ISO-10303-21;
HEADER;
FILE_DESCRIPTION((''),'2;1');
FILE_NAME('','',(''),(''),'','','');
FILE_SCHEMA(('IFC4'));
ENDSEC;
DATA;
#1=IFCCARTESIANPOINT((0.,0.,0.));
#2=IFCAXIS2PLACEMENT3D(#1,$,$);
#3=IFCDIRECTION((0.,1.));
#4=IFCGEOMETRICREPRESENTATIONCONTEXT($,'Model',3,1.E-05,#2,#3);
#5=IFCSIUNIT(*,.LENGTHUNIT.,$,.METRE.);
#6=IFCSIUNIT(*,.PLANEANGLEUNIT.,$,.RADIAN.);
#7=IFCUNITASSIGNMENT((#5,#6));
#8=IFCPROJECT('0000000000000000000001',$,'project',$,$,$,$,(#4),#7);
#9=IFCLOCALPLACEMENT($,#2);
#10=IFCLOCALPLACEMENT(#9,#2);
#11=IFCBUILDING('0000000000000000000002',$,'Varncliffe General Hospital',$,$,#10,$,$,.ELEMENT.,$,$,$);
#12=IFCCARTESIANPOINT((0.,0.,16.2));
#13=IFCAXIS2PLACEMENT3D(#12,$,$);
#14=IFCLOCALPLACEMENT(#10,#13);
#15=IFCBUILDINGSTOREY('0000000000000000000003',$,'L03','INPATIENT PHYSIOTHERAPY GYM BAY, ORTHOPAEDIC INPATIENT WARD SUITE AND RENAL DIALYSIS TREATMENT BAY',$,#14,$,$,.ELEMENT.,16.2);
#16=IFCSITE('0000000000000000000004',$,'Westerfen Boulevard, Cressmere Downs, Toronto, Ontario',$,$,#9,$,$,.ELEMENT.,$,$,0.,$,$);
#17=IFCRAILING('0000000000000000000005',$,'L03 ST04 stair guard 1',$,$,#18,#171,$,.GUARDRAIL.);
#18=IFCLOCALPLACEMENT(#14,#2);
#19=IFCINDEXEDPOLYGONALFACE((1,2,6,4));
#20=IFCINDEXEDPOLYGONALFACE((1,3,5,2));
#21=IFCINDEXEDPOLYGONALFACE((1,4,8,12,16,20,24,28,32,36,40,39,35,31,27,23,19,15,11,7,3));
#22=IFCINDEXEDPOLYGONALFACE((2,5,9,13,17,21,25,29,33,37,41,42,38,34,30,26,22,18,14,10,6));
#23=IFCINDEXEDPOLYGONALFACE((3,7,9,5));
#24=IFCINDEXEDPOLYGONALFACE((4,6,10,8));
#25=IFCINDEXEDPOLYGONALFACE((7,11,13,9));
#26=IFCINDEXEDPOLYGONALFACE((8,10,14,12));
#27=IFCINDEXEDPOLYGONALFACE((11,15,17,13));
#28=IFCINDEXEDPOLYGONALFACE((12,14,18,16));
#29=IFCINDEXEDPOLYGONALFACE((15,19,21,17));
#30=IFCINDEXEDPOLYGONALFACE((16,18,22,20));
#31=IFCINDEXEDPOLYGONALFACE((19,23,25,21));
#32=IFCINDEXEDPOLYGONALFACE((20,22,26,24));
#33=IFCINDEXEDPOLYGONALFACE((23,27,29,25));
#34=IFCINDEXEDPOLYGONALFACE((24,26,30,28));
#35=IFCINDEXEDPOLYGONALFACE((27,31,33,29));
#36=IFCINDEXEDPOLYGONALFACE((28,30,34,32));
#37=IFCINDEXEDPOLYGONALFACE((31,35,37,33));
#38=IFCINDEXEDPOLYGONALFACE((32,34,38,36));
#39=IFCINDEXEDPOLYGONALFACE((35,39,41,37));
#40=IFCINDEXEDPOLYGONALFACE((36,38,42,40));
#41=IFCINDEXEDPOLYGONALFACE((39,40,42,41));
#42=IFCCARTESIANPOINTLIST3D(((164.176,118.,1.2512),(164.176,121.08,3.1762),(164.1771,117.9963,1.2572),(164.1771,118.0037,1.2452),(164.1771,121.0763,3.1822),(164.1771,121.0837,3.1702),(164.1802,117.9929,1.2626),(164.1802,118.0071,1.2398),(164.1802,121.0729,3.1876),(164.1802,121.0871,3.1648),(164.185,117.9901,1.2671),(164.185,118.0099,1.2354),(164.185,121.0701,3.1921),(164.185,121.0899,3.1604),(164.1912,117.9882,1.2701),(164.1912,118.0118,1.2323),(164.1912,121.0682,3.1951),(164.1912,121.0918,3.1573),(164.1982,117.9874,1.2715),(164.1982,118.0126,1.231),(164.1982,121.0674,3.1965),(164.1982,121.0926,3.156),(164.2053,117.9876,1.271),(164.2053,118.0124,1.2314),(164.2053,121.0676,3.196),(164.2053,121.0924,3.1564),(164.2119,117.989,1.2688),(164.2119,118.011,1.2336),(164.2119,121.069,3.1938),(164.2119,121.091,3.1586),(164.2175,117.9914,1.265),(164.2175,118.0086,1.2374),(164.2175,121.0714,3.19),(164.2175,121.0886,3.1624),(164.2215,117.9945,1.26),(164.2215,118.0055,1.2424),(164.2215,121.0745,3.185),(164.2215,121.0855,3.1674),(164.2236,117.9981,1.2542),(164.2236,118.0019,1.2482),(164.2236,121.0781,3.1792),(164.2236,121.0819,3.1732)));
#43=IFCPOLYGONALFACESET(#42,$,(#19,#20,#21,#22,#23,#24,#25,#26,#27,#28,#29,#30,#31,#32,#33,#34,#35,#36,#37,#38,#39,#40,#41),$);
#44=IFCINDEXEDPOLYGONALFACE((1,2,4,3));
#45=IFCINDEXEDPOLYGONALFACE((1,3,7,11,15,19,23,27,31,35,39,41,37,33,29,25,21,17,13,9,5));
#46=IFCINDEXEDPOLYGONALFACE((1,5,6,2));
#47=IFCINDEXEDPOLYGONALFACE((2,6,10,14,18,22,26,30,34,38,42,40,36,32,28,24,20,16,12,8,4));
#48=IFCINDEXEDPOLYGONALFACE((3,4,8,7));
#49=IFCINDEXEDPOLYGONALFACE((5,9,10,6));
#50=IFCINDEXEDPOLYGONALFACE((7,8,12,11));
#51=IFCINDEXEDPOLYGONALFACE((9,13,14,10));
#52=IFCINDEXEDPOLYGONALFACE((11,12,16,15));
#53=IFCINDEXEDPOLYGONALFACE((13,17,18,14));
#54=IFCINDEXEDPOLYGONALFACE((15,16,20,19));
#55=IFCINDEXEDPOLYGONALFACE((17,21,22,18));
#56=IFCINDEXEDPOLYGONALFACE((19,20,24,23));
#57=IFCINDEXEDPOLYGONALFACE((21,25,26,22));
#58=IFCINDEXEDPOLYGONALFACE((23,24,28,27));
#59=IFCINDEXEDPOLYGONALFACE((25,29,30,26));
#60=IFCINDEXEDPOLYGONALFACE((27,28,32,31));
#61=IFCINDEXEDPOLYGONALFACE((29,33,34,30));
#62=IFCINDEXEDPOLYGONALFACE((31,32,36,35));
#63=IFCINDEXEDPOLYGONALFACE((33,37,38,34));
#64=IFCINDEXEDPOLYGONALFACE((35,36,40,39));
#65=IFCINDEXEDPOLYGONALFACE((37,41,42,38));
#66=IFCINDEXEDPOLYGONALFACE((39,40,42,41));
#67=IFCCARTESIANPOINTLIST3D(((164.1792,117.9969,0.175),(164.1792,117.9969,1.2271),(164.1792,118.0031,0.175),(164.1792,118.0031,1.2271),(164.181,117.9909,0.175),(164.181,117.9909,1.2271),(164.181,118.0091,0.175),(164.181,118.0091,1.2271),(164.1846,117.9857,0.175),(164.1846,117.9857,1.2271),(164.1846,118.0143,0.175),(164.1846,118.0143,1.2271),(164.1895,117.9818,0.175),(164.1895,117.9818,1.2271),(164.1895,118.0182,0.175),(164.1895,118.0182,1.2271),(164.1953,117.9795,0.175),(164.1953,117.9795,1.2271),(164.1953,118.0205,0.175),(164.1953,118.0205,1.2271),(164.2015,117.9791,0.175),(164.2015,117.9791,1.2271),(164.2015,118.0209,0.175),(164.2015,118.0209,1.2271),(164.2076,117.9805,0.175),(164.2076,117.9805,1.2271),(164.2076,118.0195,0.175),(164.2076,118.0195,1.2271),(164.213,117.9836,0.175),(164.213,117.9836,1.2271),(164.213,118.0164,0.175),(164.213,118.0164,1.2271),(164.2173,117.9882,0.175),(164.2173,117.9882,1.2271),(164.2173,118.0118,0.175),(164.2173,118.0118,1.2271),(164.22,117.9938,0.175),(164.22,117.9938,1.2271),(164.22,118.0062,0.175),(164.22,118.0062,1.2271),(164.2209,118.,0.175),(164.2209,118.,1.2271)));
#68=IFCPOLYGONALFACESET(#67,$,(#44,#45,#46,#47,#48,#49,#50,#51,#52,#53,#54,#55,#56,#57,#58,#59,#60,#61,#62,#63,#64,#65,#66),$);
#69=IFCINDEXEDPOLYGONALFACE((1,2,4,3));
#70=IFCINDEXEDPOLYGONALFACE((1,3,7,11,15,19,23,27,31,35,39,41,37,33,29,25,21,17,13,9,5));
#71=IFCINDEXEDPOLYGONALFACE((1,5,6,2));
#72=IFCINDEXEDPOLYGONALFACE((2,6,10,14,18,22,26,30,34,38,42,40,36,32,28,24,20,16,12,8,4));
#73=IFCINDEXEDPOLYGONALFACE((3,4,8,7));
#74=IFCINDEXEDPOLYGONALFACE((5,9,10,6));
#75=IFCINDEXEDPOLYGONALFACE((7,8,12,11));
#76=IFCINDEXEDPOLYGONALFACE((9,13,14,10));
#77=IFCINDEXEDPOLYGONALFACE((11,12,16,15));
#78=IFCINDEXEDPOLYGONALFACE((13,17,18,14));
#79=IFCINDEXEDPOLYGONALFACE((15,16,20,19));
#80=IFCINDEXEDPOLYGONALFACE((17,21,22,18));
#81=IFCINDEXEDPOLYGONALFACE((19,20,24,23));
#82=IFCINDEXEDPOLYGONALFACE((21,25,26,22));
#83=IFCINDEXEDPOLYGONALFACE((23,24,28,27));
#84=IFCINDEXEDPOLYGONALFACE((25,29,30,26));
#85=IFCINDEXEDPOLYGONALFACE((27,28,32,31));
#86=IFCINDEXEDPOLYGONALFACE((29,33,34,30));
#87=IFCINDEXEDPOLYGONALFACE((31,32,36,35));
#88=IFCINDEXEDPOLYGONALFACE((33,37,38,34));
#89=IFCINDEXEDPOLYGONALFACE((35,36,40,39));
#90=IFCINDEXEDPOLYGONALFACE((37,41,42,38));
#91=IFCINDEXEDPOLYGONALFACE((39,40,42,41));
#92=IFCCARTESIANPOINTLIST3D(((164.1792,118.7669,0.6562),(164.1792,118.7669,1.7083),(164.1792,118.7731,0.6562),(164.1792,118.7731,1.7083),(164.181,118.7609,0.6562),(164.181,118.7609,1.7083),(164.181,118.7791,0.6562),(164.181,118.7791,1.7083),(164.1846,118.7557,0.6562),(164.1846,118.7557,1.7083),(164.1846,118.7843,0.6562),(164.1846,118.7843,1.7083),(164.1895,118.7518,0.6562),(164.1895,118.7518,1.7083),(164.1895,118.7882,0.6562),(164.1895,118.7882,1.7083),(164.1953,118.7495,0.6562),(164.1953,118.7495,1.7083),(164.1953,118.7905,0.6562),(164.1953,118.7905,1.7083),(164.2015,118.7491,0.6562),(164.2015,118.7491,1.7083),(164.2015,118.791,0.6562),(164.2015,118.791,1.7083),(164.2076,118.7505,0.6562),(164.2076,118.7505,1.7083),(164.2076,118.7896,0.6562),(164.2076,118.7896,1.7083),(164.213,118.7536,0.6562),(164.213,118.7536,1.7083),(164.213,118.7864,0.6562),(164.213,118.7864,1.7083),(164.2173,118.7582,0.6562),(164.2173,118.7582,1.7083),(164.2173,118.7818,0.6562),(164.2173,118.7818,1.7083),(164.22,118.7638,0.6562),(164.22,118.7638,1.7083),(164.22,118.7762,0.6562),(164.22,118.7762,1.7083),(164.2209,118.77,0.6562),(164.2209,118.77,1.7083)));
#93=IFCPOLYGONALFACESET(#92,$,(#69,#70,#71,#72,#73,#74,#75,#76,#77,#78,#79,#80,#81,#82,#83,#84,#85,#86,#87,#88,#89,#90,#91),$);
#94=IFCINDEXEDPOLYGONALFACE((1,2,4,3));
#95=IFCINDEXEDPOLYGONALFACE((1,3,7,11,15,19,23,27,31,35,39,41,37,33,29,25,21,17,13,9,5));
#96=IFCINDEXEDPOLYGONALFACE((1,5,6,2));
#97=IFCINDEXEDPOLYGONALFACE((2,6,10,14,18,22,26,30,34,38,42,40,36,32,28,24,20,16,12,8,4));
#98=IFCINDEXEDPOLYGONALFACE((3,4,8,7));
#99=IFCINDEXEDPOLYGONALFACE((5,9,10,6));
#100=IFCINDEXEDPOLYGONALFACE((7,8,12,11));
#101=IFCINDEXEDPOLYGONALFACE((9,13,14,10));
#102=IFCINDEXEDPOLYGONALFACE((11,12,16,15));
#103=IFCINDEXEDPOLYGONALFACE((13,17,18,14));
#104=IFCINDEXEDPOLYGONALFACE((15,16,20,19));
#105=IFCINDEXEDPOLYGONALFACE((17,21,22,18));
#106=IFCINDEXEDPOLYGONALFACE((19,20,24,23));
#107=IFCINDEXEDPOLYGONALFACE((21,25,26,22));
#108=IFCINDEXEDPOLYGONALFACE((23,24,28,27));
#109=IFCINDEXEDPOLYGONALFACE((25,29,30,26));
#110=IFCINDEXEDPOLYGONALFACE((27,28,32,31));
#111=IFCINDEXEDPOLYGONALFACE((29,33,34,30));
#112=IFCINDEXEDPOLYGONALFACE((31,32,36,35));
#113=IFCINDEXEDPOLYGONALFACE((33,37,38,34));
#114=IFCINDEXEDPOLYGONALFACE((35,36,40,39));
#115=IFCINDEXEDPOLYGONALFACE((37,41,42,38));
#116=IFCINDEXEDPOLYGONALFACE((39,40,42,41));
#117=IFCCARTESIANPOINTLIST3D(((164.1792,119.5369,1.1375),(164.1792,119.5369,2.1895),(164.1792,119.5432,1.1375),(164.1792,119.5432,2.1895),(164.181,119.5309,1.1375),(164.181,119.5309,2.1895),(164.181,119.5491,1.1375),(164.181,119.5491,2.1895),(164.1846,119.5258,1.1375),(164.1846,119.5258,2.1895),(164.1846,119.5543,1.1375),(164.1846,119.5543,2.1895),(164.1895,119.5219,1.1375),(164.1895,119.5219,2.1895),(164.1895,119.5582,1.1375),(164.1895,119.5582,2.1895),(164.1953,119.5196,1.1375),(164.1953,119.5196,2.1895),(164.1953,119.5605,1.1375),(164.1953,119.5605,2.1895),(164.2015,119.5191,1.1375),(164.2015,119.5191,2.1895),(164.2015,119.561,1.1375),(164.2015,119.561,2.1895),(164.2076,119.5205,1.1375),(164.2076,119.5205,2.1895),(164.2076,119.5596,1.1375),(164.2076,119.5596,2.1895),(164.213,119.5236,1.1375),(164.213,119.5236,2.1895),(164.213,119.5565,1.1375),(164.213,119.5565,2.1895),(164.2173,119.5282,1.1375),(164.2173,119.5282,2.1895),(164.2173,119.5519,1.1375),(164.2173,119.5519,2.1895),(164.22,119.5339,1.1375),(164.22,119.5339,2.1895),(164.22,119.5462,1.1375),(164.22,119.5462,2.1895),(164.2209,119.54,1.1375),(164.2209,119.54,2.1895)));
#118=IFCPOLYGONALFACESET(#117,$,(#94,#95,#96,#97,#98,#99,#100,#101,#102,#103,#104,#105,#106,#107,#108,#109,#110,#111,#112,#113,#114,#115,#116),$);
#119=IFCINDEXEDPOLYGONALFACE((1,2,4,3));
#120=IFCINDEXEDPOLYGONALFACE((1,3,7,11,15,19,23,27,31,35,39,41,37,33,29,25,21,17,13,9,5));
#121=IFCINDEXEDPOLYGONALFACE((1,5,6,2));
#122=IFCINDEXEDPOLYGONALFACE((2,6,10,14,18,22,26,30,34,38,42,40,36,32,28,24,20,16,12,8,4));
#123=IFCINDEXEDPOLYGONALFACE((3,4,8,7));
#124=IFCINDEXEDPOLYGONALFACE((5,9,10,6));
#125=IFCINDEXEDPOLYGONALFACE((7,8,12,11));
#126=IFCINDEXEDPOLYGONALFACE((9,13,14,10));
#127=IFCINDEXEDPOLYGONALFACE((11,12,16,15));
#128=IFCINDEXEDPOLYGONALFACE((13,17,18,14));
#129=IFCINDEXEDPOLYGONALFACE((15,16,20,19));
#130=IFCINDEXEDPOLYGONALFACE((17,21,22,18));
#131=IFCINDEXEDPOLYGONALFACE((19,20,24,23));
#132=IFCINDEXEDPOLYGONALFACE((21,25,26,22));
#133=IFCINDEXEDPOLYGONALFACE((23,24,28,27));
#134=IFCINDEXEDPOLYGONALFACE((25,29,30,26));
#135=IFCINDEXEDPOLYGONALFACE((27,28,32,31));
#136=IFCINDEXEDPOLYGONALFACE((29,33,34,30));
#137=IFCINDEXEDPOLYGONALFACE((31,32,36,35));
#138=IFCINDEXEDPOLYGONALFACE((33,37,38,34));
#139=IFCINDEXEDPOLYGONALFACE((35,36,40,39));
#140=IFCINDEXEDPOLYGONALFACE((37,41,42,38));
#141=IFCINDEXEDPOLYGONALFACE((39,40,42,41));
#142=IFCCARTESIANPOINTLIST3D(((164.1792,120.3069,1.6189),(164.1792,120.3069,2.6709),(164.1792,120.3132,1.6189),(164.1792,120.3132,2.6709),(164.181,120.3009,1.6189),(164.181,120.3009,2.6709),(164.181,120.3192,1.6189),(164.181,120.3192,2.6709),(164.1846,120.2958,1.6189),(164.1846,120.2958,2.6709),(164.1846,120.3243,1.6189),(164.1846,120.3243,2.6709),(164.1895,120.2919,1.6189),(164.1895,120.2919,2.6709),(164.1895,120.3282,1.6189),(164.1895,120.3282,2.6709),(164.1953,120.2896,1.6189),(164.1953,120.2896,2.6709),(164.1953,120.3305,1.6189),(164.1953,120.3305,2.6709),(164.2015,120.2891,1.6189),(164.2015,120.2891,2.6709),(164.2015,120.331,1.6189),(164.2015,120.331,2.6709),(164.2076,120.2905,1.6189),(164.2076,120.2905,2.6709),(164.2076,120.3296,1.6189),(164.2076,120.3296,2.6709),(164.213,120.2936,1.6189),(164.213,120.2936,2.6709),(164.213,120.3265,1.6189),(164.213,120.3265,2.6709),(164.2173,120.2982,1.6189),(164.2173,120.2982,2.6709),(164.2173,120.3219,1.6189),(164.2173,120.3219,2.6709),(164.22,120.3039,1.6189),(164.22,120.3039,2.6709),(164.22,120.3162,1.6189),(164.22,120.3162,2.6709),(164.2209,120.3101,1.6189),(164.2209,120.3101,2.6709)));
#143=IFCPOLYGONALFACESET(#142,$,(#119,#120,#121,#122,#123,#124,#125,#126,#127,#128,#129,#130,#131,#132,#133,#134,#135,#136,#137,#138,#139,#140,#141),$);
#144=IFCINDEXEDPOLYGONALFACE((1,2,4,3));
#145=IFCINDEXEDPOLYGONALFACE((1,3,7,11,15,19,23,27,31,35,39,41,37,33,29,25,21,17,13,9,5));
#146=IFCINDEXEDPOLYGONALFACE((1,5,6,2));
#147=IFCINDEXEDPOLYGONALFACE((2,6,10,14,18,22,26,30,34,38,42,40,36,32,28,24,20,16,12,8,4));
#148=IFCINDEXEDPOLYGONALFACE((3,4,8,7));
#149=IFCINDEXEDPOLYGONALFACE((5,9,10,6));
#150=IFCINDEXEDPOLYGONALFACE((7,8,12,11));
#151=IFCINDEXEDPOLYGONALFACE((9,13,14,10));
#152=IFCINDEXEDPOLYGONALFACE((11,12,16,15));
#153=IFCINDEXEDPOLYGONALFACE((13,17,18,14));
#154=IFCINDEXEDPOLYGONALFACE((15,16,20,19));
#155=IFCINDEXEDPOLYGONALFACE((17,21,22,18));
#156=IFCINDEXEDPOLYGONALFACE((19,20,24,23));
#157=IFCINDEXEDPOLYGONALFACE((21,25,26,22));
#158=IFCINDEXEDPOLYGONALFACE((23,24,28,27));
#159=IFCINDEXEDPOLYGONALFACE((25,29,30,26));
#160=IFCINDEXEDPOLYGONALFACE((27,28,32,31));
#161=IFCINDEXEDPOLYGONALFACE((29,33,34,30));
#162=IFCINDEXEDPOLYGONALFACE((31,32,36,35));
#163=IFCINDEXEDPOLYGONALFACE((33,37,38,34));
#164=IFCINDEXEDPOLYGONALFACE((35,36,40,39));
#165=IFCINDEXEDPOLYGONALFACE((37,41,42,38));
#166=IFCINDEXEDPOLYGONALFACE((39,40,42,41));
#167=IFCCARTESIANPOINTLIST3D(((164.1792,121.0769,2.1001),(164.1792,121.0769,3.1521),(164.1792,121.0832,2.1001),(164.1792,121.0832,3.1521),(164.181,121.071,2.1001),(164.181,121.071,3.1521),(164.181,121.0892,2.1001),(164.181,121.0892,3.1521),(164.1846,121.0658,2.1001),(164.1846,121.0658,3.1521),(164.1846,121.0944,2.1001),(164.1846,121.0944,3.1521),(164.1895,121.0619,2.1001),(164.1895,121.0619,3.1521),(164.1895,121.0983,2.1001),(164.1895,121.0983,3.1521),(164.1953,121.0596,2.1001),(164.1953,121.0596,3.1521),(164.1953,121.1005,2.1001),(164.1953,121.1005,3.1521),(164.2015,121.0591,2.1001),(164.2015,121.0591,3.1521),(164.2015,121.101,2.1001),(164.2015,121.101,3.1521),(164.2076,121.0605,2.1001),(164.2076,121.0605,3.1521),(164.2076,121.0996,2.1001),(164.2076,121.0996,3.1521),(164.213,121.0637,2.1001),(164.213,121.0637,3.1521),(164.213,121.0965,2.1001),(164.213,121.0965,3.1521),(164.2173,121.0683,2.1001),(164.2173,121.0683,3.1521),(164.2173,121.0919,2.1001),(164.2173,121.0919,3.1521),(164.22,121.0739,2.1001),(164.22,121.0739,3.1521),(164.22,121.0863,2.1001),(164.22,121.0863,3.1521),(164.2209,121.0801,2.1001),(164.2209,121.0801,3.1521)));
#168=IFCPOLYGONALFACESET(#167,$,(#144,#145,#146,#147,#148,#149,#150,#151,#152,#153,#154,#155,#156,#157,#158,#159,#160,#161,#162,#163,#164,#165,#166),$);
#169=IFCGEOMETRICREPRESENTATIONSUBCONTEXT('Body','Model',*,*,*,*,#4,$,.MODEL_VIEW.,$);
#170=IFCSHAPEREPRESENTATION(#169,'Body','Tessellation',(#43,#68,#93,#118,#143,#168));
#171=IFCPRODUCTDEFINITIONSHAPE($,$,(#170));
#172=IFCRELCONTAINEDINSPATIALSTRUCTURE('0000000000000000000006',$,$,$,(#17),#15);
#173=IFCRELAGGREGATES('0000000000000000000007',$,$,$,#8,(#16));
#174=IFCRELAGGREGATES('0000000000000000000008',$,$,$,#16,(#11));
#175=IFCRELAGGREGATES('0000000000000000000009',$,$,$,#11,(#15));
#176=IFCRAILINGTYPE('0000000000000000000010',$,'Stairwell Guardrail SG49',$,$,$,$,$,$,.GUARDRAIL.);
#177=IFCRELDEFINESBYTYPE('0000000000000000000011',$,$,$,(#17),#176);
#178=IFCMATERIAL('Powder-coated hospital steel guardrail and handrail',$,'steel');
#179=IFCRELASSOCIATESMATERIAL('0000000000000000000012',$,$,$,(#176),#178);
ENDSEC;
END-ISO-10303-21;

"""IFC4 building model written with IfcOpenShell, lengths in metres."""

from ifc_helpers import new_model, si_unit, direction, frame, origin, origin_2d, place, context, subcontext, project, spatial, circle, extrude, material, type_object, element, save


model = new_model("IFC4")

# Units and contexts
model_context = context("Model", 3, precision=1e-05, world=origin(), true_north=direction((0.0, 1.0)))
body_context = subcontext(model_context, "Body", "Model", "MODEL_VIEW")
ifc_project = project(units=[si_unit("LENGTHUNIT", "METRE"), si_unit("PLANEANGLEUNIT", "RADIAN")], contexts=[model_context])

# Site, building, storey
site_placement = place(None, origin())
site = spatial("IfcSite", under=ifc_project, at=site_placement, Name="Westerfen Boulevard, Cressmere Downs, Toronto, Ontario", CompositionType="ELEMENT", RefElevation=0.0)
building_placement = place(site_placement, origin())
building = spatial("IfcBuilding", under=site, at=building_placement, Name="Varncliffe General Hospital", CompositionType="ELEMENT")
storey_placement = place(building_placement, frame((0.0, 0.0, 16.2)))
storey = spatial("IfcBuildingStorey", under=building, at=storey_placement, Name="L03", Description="INPATIENT PHYSIOTHERAPY GYM BAY, ORTHOPAEDIC INPATIENT WARD SUITE AND RENAL DIALYSIS TREATMENT BAY", CompositionType="ELEMENT", Elevation=16.2)

# Railing
ifc_material_1 = material(Name="Powder-coated hospital steel guardrail and handrail", Category="steel")
railing_type_1 = type_object("IfcRailingType", Name="Stairwell Guardrail SG49", PredefinedType="GUARDRAIL", material=ifc_material_1)
railing_1_placement = place(storey_placement, frame((164.2, 118.0, 0.175)))
element("IfcRailing", 1, at=railing_1_placement, inside=storey, type_object=railing_type_1, Name="L03 ST04 stair guard 1", PredefinedType="GUARDRAIL", context=body_context, shape_type="SweptSolid", body=[
    extrude(circle(Radius=0.0239, at=origin_2d()), frame((0.0, 0.0, 1.0762), z_axis=(0.0, 0.847998, 0.529999), x_axis=(-1.0, 0.0, 0.0)), (0.0, 0.0, 1.0), 3.6321),
    extrude(circle(Radius=0.021, at=origin_2d()), origin(), (0.0, 0.0, 1.0), 1.052),
    extrude(circle(Radius=0.021, at=origin_2d()), frame((0.0, 0.77, 0.4812)), (0.0, 0.0, 1.0), 1.052),
    extrude(circle(Radius=0.021, at=origin_2d()), frame((0.0, 1.54, 0.9624)), (0.0, 0.0, 1.0), 1.052),
    extrude(circle(Radius=0.021, at=origin_2d()), frame((0.0, 2.3101, 1.4438)), (0.0, 0.0, 1.0), 1.052),
    extrude(circle(Radius=0.021, at=origin_2d()), frame((0.0, 3.0801, 1.925)), (0.0, 0.0, 1.0), 1.052),
])

save(model, "model.ifc")
